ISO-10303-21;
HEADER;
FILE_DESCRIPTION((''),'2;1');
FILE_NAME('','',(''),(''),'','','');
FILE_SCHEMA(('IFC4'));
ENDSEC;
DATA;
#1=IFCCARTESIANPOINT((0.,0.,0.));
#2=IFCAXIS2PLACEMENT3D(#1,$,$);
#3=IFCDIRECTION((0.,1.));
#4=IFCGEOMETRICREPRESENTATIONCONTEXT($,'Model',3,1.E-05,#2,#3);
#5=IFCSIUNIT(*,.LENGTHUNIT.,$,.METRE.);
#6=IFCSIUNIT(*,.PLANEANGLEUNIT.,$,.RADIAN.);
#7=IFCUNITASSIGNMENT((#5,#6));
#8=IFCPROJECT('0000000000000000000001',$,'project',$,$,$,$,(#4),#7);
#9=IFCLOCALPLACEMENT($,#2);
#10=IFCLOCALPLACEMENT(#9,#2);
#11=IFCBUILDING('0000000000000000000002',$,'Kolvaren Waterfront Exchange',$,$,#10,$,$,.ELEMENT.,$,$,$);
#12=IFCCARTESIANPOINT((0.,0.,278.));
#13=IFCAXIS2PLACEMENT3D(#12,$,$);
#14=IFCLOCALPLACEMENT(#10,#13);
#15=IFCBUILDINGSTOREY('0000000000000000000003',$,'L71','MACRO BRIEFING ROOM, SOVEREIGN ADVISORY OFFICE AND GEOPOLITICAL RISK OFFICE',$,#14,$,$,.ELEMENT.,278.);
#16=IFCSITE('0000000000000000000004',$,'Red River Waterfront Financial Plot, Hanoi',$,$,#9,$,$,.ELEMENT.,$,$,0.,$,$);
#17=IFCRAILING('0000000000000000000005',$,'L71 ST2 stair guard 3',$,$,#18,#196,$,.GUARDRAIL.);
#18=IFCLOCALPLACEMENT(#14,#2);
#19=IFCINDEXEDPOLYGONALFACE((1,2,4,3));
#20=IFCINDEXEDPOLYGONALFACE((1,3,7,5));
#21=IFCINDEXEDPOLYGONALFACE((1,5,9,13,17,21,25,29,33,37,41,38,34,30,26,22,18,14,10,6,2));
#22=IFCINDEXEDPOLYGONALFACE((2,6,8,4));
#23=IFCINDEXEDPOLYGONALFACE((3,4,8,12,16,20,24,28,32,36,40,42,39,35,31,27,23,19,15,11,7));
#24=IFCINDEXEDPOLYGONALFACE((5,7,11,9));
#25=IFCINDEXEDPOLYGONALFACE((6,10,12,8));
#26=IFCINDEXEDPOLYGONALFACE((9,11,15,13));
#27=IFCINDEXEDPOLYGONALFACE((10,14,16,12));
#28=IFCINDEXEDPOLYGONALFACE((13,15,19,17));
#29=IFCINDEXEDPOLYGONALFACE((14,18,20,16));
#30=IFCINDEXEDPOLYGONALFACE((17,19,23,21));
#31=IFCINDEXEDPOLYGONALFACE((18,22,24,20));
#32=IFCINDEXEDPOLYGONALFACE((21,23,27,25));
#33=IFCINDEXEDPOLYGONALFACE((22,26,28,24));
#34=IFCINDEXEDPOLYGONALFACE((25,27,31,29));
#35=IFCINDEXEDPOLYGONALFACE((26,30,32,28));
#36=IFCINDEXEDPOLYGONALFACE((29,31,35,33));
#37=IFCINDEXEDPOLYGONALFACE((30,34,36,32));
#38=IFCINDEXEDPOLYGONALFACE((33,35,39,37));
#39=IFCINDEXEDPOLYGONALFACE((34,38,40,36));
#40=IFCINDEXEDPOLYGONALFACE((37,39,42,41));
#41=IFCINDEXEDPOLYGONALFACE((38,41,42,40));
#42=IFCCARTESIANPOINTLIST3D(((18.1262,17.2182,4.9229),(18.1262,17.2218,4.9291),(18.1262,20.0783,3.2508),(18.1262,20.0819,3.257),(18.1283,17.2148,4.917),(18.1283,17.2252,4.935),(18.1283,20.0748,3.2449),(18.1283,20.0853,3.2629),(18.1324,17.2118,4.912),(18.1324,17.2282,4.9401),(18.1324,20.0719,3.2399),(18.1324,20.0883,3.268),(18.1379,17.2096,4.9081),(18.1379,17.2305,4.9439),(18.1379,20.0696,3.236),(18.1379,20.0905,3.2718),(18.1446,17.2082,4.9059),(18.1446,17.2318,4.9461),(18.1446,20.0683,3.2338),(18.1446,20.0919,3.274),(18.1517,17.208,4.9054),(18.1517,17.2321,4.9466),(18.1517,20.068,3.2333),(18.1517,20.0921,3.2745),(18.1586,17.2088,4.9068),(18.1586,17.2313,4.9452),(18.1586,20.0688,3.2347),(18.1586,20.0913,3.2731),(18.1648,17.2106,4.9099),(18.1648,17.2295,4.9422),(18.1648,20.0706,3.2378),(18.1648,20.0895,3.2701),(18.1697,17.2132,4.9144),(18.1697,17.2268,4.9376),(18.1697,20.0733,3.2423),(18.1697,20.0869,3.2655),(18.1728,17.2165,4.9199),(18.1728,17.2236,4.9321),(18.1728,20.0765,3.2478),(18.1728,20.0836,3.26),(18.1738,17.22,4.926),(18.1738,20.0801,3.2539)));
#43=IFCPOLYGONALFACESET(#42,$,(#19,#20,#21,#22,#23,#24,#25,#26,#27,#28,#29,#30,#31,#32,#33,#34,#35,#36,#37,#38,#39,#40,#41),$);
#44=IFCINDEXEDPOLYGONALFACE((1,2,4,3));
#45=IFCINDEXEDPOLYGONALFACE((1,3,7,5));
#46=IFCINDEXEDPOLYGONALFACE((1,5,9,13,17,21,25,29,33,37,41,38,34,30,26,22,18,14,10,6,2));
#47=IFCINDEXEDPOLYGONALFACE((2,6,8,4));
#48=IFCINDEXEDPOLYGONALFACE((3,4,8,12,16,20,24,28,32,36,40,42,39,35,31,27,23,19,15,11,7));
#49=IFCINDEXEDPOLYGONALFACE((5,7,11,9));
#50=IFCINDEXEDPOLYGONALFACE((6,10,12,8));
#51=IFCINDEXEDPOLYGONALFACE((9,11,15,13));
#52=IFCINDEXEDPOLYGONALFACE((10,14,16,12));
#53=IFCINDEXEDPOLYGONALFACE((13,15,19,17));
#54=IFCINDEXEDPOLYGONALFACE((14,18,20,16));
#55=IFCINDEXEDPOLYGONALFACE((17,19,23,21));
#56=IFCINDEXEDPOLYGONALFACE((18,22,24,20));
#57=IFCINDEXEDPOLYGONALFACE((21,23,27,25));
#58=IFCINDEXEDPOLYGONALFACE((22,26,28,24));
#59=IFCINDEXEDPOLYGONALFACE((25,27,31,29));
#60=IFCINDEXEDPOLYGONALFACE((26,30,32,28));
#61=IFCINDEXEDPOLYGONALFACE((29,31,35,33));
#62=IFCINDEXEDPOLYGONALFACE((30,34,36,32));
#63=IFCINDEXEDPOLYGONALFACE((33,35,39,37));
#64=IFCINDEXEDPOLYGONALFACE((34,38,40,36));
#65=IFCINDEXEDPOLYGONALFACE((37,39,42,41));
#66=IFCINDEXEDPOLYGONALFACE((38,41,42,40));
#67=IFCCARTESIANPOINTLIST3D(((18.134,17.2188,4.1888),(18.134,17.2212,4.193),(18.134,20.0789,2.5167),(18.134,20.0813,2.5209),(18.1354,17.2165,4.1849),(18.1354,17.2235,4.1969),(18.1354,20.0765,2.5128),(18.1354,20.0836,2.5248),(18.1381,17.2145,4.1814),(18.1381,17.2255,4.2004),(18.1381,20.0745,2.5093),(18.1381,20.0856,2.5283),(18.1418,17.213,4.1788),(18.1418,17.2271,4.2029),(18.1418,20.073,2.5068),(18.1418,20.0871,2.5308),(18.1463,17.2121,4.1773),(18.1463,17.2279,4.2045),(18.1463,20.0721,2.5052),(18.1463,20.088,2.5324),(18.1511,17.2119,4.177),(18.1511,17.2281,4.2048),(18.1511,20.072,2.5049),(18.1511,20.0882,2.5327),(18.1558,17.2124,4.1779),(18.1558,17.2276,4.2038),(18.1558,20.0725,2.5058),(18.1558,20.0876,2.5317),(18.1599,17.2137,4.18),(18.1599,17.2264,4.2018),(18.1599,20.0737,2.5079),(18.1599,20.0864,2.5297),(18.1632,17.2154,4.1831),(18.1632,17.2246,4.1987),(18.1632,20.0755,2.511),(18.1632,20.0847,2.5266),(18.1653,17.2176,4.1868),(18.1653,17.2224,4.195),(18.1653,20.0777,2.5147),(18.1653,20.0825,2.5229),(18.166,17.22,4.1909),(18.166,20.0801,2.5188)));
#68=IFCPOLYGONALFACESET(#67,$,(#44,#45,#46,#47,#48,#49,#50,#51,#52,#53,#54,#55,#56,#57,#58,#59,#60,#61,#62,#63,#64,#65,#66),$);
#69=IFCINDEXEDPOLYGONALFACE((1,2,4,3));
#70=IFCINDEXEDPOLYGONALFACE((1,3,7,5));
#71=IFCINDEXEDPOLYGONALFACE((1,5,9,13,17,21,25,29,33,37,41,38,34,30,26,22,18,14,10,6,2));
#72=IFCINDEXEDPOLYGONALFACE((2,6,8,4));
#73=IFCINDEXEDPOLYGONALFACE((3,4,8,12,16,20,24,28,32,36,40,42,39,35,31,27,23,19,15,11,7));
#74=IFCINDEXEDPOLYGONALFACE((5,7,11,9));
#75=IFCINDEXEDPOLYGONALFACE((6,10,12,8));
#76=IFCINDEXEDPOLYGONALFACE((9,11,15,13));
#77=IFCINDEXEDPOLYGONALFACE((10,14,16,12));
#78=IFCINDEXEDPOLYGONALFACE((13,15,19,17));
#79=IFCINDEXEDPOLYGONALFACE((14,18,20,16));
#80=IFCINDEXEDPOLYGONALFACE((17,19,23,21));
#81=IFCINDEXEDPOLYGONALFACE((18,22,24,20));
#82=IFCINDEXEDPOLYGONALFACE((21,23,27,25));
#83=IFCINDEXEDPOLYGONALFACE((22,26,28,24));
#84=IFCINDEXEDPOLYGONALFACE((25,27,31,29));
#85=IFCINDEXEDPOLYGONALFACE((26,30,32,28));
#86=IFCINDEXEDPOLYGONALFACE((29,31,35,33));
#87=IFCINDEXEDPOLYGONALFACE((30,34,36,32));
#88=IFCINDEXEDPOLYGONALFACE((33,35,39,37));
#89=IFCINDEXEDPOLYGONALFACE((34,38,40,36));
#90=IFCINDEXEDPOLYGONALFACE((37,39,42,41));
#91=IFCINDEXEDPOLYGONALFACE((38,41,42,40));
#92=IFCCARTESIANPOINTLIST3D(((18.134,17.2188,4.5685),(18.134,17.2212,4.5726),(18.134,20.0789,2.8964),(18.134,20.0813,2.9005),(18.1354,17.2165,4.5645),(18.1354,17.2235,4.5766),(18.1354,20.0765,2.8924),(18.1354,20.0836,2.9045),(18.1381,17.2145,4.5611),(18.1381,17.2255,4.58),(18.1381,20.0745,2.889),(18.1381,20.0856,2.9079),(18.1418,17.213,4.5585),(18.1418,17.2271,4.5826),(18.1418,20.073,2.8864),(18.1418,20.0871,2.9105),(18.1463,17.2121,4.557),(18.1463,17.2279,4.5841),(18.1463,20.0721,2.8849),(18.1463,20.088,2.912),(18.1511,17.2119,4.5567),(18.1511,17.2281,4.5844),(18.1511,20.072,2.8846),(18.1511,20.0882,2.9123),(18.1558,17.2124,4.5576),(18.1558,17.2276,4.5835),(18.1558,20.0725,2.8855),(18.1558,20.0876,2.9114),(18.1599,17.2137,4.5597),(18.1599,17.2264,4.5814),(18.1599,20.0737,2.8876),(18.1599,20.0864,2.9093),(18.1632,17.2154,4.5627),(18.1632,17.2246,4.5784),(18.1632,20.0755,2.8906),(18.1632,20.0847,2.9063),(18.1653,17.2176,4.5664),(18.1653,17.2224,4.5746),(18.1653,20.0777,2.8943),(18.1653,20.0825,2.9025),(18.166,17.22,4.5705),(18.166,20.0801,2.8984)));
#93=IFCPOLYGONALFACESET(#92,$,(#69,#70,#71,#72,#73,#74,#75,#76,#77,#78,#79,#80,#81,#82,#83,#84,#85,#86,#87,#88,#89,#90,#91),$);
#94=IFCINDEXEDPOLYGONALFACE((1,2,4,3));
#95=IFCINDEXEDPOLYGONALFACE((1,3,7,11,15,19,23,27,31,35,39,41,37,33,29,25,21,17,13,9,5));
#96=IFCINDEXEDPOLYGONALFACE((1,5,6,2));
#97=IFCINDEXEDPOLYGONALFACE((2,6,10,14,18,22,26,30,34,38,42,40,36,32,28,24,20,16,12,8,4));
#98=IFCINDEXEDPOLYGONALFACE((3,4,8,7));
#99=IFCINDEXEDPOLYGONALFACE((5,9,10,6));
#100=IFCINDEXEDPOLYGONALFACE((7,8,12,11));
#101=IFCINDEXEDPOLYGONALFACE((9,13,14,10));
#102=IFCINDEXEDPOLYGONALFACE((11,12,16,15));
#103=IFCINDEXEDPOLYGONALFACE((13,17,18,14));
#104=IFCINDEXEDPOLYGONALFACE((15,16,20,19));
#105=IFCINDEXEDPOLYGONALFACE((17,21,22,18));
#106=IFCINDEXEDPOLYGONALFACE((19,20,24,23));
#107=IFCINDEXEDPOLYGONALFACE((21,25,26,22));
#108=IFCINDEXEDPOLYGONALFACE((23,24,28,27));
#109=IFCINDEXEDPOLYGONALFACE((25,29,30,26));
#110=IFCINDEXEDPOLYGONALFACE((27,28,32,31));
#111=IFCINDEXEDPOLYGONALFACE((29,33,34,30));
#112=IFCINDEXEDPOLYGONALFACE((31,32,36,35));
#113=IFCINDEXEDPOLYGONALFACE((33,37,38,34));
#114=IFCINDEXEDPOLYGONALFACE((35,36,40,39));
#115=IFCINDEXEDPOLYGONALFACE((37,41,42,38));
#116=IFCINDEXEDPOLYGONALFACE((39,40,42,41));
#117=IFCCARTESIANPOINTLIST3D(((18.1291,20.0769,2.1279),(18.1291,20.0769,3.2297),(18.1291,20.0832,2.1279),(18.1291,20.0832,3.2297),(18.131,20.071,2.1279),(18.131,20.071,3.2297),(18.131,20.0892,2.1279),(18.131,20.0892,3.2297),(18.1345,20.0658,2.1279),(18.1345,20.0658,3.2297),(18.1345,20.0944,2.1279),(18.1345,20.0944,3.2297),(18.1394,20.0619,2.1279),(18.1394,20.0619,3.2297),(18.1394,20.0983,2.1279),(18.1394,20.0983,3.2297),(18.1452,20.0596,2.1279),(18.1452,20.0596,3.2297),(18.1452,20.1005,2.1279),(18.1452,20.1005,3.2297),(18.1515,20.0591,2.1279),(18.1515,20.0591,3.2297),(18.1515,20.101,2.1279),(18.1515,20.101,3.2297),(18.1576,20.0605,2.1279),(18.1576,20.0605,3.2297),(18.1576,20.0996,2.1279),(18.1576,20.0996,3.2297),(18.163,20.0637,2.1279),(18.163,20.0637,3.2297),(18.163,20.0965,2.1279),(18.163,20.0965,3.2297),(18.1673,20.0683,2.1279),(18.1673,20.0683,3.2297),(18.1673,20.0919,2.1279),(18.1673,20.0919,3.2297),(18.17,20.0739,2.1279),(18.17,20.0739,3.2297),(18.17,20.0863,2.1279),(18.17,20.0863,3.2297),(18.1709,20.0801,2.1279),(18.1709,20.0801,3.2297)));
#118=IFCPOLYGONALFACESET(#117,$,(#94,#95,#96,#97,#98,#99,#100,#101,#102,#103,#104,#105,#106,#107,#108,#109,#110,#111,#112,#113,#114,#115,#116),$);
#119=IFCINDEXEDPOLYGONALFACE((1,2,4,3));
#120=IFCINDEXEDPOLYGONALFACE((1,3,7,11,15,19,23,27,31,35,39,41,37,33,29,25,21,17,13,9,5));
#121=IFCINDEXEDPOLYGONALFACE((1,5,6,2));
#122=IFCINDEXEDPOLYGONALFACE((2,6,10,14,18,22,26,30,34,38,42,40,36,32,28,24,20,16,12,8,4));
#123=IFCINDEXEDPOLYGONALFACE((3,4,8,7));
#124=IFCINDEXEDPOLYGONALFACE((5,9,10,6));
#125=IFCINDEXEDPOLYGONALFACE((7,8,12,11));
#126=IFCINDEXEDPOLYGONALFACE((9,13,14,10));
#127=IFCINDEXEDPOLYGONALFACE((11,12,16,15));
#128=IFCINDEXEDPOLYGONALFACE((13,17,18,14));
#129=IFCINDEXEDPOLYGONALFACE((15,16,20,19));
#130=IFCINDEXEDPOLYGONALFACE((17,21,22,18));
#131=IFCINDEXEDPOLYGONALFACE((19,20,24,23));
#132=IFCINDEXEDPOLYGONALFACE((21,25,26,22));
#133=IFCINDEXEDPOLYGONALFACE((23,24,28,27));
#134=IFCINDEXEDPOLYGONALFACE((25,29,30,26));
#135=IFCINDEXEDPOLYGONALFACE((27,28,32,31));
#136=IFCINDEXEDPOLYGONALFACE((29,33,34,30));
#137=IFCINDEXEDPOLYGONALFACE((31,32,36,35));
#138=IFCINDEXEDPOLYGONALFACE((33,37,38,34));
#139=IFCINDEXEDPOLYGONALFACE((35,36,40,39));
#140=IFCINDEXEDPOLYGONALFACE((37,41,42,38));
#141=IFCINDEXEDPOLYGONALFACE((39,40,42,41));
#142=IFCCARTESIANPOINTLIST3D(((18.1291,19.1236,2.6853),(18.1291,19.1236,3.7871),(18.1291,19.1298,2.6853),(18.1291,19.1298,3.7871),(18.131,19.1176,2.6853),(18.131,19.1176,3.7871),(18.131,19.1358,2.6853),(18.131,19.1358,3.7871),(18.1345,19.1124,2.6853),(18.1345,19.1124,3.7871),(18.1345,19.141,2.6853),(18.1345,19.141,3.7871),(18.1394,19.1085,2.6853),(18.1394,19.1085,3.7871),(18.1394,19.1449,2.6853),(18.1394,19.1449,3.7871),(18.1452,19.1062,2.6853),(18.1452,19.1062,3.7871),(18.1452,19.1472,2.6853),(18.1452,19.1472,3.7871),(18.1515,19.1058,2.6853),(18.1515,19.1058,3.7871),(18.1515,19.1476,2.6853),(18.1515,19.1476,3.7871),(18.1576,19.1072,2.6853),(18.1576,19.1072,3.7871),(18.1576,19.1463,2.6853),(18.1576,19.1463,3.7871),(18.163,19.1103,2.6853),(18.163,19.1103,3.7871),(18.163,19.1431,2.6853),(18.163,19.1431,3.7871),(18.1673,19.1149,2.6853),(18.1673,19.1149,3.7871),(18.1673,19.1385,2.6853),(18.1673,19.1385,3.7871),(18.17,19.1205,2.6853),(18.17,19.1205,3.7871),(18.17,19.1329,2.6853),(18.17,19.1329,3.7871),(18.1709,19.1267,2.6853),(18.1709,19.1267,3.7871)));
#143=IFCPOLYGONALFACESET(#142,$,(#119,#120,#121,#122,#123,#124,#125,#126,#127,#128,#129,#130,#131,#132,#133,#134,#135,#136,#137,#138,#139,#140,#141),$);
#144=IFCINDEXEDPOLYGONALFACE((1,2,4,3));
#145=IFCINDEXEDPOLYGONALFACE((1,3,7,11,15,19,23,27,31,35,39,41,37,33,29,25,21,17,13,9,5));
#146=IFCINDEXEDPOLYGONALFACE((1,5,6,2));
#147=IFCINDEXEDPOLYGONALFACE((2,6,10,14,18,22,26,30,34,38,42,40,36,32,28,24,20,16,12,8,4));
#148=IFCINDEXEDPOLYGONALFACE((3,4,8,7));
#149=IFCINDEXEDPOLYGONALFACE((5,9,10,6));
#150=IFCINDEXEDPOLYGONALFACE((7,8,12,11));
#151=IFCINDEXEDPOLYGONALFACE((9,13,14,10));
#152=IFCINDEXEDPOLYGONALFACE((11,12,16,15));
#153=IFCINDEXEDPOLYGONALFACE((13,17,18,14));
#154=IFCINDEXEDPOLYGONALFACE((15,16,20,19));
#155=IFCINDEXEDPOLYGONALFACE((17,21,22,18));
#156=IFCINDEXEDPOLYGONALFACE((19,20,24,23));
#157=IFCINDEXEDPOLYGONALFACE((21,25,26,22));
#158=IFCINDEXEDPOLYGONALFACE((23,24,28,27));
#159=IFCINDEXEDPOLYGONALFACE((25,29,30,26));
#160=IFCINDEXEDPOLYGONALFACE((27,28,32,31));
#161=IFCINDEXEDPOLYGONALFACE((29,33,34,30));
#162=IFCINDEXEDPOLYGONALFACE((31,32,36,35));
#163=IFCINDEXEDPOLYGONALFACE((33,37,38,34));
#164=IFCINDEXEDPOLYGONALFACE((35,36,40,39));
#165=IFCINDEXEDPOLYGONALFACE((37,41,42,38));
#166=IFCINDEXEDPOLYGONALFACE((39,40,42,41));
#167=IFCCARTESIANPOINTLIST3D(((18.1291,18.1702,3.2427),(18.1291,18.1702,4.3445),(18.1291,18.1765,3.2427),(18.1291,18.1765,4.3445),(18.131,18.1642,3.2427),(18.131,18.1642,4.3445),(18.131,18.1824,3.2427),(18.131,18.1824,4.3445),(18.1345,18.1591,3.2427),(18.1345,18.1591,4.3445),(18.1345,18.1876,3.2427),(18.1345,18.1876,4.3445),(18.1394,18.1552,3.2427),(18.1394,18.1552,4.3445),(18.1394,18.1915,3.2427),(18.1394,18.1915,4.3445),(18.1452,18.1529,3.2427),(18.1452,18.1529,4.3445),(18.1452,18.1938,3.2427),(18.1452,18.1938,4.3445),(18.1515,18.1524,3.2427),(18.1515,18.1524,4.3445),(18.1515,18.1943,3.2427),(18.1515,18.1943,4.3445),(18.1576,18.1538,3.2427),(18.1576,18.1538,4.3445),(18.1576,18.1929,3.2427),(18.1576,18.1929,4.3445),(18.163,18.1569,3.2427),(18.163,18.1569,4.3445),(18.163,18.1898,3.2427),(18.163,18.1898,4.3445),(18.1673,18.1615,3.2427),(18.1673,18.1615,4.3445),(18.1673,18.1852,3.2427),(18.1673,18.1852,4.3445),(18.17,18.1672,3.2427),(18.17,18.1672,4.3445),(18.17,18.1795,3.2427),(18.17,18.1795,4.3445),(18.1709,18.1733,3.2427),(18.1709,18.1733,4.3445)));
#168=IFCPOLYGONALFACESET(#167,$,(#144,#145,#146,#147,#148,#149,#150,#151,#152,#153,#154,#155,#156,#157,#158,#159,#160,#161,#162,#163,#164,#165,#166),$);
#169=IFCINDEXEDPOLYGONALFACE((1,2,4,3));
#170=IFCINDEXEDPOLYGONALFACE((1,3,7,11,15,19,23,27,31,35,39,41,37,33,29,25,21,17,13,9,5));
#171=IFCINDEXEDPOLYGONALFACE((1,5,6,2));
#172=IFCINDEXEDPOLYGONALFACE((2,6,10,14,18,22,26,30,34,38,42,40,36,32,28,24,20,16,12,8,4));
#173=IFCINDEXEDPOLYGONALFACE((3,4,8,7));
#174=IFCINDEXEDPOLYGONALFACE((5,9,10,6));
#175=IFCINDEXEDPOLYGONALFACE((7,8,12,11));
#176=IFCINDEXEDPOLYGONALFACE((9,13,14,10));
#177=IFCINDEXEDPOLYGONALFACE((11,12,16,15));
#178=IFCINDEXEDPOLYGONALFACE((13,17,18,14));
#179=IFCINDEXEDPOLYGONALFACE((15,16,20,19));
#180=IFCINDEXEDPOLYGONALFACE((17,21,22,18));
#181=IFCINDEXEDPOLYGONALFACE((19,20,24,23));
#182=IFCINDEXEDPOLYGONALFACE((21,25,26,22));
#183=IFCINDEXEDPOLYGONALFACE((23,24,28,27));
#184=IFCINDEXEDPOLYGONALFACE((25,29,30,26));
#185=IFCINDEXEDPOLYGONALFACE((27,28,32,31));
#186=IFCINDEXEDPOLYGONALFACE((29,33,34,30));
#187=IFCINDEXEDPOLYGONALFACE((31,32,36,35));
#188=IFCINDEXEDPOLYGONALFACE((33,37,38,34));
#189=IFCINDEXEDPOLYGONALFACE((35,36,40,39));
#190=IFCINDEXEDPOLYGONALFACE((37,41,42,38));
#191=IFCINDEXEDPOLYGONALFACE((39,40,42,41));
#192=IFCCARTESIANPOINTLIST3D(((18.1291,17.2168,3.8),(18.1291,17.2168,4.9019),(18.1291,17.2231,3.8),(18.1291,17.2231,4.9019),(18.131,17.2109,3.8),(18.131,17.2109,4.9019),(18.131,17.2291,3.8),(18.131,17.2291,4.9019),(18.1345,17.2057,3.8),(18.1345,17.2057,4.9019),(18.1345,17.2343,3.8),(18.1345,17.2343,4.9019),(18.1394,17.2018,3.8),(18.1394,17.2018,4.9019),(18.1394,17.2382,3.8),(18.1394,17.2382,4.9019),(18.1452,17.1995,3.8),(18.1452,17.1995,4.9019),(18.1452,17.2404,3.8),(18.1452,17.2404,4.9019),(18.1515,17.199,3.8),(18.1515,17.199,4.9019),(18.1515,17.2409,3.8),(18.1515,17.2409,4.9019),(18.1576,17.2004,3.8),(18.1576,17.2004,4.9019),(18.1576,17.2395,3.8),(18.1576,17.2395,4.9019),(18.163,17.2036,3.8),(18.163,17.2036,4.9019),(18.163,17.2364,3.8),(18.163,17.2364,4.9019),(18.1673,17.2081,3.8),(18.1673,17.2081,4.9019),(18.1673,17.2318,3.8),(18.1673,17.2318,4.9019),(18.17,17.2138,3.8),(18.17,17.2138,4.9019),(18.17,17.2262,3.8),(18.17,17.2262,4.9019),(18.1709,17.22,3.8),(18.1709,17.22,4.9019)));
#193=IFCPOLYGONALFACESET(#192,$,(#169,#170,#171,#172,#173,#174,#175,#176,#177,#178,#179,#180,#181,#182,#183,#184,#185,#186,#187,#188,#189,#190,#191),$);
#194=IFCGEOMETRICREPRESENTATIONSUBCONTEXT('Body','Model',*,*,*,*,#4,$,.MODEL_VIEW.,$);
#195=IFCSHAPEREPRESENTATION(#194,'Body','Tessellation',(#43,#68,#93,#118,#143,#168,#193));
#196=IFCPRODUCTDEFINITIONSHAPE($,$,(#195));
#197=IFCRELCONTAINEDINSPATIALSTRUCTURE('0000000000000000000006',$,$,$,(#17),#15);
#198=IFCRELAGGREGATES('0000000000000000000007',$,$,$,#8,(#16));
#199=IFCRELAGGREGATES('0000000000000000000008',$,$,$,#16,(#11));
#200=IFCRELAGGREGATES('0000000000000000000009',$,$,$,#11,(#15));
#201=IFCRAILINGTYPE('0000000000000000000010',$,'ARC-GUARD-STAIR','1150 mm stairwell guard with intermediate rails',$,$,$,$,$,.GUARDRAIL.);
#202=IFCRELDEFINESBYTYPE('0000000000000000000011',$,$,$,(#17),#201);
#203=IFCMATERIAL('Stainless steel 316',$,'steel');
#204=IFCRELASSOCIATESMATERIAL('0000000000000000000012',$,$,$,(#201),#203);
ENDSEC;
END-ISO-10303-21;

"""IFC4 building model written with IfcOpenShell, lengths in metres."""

from ifc_helpers import new_model, si_unit, direction, frame, origin, origin_2d, place, context, subcontext, project, spatial, circle, extrude, material, type_object, element, save


model = new_model("IFC4")

# Units and contexts
model_context = context("Model", 3, precision=1e-05, world=origin(), true_north=direction((0.0, 1.0)))
body_context = subcontext(model_context, "Body", "Model", "MODEL_VIEW")
ifc_project = project(units=[si_unit("LENGTHUNIT", "METRE"), si_unit("PLANEANGLEUNIT", "RADIAN")], contexts=[model_context])

# Site, building, storey
site_placement = place(None, origin())
site = spatial("IfcSite", under=ifc_project, at=site_placement, Name="Red River Waterfront Financial Plot, Hanoi", CompositionType="ELEMENT", RefElevation=0.0)
building_placement = place(site_placement, origin())
building = spatial("IfcBuilding", under=site, at=building_placement, Name="Kolvaren Waterfront Exchange", CompositionType="ELEMENT")
storey_placement = place(building_placement, frame((0.0, 0.0, 278.0)))
storey = spatial("IfcBuildingStorey", under=building, at=storey_placement, Name="L71", Description="MACRO BRIEFING ROOM, SOVEREIGN ADVISORY OFFICE AND GEOPOLITICAL RISK OFFICE", CompositionType="ELEMENT", Elevation=278.0)

# Railing
ifc_material_1 = material(Name="Stainless steel 316", Category="steel")
railing_type_1 = type_object("IfcRailingType", Name="ARC-GUARD-STAIR", Description="1150 mm stairwell guard with intermediate rails", PredefinedType="GUARDRAIL", material=ifc_material_1)
railing_1_placement = place(storey_placement, frame((18.1499, 20.0801, 2.1279)))
element("IfcRailing", 1, at=railing_1_placement, inside=storey, type_object=railing_type_1, Name="L71 ST2 stair guard 3", PredefinedType="GUARDRAIL", context=body_context, shape_type="SweptSolid", body=[
    extrude(circle(Radius=0.0239, at=origin_2d()), frame((0.0, 0.0, 1.126), z_axis=(0.0, -0.863289, 0.504709), x_axis=(1.0, 0.0, 0.0)), (0.0, 0.0, 1.0), 3.313),
    extrude(circle(Radius=0.0161, at=origin_2d()), frame((0.0, 0.0, 0.3909), z_axis=(0.0, -0.863289, 0.504709), x_axis=(1.0, 0.0, 0.0)), (0.0, 0.0, 1.0), 3.313),
    extrude(circle(Radius=0.0161, at=origin_2d()), frame((0.0, 0.0, 0.7705), z_axis=(0.0, -0.863289, 0.504709), x_axis=(1.0, 0.0, 0.0)), (0.0, 0.0, 1.0), 3.313),
    extrude(circle(Radius=0.021, at=origin_2d()), origin(), (0.0, 0.0, 1.0), 1.1018),
    extrude(circle(Radius=0.021, at=origin_2d()), frame((0.0, -0.9534, 0.5574)), (0.0, 0.0, 1.0), 1.1018),
    extrude(circle(Radius=0.021, at=origin_2d()), frame((0.0, -1.9067, 1.1147)), (0.0, 0.0, 1.0), 1.1018),
    extrude(circle(Radius=0.021, at=origin_2d()), frame((0.0, -2.8601, 1.6721)), (0.0, 0.0, 1.0), 1.1018),
])

save(model, "model.ifc")
